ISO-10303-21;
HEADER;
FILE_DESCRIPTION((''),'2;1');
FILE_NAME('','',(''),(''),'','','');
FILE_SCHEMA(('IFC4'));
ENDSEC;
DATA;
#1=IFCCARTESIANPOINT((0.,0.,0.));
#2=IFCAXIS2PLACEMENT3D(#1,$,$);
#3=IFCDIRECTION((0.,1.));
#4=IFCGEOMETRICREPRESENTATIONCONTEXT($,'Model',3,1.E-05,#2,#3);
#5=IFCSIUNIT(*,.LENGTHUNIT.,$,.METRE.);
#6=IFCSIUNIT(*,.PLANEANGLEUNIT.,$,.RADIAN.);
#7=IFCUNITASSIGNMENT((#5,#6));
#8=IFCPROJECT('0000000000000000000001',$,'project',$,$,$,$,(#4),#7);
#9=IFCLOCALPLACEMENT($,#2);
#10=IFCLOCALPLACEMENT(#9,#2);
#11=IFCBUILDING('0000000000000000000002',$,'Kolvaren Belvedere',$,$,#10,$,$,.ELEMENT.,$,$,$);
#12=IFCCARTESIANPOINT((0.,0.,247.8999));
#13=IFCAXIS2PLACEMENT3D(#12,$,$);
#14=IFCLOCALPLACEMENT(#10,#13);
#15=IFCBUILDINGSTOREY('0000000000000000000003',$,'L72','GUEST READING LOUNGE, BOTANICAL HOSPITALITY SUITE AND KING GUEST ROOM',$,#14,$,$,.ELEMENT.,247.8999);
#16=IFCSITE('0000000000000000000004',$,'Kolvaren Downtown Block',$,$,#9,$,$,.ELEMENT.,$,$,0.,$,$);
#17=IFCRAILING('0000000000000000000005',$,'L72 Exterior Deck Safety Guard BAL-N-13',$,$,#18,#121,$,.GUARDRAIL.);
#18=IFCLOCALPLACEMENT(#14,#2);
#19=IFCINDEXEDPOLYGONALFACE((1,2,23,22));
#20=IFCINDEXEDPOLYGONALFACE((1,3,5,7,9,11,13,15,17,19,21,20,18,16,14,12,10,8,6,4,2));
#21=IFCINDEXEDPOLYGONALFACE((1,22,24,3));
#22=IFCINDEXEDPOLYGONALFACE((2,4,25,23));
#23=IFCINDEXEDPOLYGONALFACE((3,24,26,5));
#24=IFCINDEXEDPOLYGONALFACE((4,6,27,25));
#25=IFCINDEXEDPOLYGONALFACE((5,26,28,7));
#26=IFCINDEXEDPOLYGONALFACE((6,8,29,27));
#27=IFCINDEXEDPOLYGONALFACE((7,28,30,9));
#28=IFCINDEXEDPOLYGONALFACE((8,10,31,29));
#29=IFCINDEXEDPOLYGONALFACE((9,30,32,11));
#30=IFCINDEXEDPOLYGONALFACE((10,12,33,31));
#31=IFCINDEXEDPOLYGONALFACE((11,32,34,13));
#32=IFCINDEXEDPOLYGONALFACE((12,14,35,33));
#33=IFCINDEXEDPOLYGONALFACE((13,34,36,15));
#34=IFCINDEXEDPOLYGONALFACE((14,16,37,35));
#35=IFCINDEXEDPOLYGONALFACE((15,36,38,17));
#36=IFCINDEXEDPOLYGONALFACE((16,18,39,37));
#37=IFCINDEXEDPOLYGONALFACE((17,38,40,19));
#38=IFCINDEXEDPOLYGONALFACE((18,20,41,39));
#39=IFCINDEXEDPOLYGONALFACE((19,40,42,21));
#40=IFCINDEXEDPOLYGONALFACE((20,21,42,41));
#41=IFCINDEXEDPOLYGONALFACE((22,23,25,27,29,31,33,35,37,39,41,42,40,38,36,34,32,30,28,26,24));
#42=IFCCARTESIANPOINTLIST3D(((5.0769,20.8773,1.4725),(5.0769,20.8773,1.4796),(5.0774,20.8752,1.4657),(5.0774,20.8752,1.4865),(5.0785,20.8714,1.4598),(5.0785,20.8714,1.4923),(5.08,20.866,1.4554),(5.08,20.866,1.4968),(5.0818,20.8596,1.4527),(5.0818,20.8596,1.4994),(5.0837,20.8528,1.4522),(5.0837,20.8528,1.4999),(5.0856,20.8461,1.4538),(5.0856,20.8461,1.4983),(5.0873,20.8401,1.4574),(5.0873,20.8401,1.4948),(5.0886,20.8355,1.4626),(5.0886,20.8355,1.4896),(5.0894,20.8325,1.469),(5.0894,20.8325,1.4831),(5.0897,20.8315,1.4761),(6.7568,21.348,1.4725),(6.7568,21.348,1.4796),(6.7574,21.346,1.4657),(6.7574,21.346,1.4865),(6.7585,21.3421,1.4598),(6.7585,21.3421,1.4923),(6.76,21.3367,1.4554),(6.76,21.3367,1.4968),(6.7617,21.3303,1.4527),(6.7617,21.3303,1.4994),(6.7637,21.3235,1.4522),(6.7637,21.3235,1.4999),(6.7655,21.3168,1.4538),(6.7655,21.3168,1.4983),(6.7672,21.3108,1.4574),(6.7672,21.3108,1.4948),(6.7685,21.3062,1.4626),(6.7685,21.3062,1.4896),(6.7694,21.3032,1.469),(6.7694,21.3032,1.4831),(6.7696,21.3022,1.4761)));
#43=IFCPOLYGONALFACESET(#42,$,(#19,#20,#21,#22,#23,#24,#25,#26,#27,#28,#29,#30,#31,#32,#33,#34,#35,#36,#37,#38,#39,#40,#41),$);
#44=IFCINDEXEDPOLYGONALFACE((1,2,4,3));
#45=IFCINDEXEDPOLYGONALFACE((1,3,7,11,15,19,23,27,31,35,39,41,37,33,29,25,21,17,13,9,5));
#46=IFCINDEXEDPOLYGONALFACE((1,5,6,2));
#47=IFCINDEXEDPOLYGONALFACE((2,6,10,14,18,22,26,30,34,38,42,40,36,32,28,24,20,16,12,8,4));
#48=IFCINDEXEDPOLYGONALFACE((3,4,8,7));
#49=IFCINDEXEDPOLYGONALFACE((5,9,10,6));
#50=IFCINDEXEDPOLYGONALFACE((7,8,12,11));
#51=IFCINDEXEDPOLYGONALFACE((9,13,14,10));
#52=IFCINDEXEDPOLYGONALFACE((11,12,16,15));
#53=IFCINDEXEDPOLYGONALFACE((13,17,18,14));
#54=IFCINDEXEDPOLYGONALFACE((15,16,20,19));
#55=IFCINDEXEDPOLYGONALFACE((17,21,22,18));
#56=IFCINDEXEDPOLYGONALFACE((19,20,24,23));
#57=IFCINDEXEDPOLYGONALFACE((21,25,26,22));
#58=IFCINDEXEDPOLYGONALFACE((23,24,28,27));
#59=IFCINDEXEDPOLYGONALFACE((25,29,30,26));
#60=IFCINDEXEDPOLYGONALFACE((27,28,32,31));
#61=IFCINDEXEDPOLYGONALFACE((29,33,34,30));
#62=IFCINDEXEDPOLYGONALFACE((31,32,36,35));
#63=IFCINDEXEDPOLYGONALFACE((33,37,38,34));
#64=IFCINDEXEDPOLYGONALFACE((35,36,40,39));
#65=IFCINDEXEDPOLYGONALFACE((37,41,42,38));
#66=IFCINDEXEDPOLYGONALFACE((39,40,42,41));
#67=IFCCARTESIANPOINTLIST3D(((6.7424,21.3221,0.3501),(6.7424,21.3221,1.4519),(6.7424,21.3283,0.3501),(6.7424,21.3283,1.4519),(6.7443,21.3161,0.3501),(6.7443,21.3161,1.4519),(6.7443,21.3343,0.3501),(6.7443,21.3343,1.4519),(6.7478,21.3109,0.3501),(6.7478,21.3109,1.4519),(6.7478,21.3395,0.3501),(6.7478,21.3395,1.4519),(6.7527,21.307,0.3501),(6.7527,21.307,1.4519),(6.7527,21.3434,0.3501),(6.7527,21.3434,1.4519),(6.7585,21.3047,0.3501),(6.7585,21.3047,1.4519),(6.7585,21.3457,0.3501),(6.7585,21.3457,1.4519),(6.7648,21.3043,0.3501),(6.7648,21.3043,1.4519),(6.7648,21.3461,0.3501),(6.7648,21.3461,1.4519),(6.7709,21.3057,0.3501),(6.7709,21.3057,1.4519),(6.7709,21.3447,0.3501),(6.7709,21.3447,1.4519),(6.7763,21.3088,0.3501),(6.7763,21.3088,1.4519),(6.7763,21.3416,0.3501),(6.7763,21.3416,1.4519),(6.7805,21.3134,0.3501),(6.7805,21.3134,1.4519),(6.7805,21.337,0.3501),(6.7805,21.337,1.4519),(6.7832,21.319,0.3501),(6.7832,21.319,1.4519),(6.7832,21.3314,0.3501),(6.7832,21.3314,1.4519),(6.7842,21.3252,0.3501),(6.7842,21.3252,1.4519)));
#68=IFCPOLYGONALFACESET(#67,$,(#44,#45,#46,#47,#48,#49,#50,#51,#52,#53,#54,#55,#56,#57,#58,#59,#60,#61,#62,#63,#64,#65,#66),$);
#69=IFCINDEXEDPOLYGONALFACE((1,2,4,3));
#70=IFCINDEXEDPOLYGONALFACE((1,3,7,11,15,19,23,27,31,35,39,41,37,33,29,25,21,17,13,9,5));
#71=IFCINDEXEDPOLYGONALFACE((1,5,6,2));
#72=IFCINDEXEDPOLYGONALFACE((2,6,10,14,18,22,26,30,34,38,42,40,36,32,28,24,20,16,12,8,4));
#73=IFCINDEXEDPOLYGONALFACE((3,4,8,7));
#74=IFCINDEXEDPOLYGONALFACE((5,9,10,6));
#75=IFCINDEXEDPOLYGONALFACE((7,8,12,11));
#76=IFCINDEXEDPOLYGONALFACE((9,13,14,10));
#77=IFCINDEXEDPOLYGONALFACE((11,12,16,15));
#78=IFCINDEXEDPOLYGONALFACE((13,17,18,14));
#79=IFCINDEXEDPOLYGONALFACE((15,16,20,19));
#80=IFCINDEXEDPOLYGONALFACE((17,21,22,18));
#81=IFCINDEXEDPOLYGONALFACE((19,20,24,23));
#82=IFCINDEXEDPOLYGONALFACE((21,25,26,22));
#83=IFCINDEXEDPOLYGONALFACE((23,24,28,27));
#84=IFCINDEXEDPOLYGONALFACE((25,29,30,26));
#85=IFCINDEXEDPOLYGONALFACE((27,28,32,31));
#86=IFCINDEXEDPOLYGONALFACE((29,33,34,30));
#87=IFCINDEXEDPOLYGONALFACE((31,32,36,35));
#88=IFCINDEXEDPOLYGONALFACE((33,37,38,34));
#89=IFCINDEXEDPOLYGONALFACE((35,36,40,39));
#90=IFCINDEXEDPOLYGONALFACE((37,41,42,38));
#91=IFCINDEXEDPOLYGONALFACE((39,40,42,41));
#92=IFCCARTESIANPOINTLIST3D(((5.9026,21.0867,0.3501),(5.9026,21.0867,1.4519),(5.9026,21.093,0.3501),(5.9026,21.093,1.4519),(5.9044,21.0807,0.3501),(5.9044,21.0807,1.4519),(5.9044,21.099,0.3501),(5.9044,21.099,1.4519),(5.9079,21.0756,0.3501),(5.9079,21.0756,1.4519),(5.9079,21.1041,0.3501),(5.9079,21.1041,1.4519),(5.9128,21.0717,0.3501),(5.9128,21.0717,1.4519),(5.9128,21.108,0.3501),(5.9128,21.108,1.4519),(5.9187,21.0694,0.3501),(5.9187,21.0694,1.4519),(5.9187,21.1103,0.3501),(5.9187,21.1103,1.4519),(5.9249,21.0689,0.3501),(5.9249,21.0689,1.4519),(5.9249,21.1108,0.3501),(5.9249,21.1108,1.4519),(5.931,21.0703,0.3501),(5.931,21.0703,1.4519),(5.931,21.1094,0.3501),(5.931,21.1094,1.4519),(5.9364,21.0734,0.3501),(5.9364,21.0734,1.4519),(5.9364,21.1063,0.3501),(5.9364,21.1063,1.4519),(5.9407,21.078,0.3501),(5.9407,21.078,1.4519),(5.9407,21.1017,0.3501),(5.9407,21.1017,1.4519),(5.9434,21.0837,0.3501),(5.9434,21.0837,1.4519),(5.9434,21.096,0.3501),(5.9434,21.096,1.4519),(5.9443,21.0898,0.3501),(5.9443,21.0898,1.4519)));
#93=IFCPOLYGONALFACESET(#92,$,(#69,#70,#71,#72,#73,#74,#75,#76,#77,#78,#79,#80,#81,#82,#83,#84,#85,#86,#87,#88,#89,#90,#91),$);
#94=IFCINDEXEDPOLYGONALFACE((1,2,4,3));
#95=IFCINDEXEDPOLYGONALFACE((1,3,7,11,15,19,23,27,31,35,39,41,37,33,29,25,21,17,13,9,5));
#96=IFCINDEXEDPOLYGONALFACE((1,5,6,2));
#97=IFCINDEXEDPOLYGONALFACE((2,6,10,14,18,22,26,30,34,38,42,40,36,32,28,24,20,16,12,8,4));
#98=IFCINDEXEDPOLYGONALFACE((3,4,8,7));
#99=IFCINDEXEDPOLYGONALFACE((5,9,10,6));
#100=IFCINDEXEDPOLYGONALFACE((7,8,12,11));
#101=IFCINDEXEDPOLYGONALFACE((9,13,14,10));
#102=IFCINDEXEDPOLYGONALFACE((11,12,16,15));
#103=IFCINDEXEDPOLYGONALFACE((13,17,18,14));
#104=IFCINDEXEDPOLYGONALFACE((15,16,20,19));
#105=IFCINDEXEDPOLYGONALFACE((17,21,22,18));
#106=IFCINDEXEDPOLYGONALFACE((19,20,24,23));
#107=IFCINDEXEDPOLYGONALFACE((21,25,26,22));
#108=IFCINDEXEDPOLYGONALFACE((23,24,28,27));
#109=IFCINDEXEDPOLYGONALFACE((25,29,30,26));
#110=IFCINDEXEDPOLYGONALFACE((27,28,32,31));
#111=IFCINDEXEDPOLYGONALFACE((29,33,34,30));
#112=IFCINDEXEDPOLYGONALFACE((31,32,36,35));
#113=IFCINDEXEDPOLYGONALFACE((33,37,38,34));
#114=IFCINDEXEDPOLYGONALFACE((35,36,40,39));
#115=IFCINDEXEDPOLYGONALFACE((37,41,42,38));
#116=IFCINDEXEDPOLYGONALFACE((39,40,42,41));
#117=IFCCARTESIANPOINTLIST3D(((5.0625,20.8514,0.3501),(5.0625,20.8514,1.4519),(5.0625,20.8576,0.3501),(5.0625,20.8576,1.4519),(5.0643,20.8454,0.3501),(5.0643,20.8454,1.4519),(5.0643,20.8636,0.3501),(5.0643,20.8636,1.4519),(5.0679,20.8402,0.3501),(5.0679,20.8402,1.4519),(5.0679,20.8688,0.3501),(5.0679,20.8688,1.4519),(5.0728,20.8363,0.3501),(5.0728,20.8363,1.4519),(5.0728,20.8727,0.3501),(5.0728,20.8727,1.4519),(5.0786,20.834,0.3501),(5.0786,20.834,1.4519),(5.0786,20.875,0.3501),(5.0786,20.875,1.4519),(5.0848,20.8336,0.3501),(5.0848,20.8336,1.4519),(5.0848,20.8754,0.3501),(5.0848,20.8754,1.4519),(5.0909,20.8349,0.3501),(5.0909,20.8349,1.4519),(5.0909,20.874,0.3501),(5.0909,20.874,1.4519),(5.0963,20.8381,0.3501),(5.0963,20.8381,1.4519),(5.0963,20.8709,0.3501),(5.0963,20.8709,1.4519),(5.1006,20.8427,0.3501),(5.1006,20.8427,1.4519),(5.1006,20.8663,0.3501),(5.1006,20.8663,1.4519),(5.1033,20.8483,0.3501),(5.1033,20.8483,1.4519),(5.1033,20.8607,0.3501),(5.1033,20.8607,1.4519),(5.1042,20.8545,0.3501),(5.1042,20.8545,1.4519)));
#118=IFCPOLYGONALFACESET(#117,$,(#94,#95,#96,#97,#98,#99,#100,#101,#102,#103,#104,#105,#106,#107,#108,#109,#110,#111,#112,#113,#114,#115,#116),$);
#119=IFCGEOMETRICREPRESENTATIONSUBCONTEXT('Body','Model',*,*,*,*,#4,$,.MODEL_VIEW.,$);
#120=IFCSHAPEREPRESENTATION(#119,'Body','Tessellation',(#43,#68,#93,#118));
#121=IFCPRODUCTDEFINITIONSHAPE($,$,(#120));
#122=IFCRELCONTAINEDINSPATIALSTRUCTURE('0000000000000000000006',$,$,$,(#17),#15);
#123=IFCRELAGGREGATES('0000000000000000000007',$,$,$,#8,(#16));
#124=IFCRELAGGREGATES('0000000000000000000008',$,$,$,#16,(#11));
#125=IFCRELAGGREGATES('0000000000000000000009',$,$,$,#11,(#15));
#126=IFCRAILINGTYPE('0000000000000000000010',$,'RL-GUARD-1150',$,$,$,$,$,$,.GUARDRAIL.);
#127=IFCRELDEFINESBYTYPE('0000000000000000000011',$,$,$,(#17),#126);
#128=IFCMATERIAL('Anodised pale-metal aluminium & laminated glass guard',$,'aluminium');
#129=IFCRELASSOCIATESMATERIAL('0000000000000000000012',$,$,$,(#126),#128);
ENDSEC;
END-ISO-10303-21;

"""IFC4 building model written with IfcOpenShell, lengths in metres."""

from ifc_helpers import new_model, si_unit, direction, frame, origin, origin_2d, place, context, subcontext, project, spatial, circle, extrude, material, type_object, element, save


model = new_model("IFC4")

# Units and contexts
model_context = context("Model", 3, precision=1e-05, world=origin(), true_north=direction((0.0, 1.0)))
body_context = subcontext(model_context, "Body", "Model", "MODEL_VIEW")
ifc_project = project(units=[si_unit("LENGTHUNIT", "METRE"), si_unit("PLANEANGLEUNIT", "RADIAN")], contexts=[model_context])

# Site, building, storey
site_placement = place(None, origin())
site = spatial("IfcSite", under=ifc_project, at=site_placement, Name="Kolvaren Downtown Block", CompositionType="ELEMENT", RefElevation=0.0)
building_placement = place(site_placement, origin())
building = spatial("IfcBuilding", under=site, at=building_placement, Name="Kolvaren Belvedere", CompositionType="ELEMENT")
storey_placement = place(building_placement, frame((0.0, 0.0, 247.8999)))
storey = spatial("IfcBuildingStorey", under=building, at=storey_placement, Name="L72", Description="GUEST READING LOUNGE, BOTANICAL HOSPITALITY SUITE AND KING GUEST ROOM", CompositionType="ELEMENT", Elevation=247.8999)

# Railing
ifc_material_1 = material(Name="Anodised pale-metal aluminium & laminated glass guard", Category="aluminium")
railing_type = type_object("IfcRailingType", Name="RL-GUARD-1150", PredefinedType="GUARDRAIL", material=ifc_material_1)
railing_1_placement = place(storey_placement, frame((6.7632, 21.3252, 0.3501)))
element("IfcRailing", 1, at=railing_1_placement, inside=storey, type_object=railing_type, Name="L72 Exterior Deck Safety Guard BAL-N-13", PredefinedType="GUARDRAIL", context=body_context, shape_type="SweptSolid", body=[
    extrude(circle(Radius=0.0239, at=origin_2d()), frame((0.0, 0.0, 1.126), z_axis=(-0.962916, -0.269801, 0.0), x_axis=(0.269801, -0.962916, 0.0)), (0.0, 0.0, 1.0), 1.7446),
    extrude(circle(Radius=0.021, at=origin_2d()), origin(), (0.0, 0.0, 1.0), 1.1018),
    extrude(circle(Radius=0.021, at=origin_2d()), frame((-0.8398, -0.2354, 0.0)), (0.0, 0.0, 1.0), 1.1018),
    extrude(circle(Radius=0.021, at=origin_2d()), frame((-1.6799, -0.4707, 0.0)), (0.0, 0.0, 1.0), 1.1018),
])

save(model, "model.ifc")
